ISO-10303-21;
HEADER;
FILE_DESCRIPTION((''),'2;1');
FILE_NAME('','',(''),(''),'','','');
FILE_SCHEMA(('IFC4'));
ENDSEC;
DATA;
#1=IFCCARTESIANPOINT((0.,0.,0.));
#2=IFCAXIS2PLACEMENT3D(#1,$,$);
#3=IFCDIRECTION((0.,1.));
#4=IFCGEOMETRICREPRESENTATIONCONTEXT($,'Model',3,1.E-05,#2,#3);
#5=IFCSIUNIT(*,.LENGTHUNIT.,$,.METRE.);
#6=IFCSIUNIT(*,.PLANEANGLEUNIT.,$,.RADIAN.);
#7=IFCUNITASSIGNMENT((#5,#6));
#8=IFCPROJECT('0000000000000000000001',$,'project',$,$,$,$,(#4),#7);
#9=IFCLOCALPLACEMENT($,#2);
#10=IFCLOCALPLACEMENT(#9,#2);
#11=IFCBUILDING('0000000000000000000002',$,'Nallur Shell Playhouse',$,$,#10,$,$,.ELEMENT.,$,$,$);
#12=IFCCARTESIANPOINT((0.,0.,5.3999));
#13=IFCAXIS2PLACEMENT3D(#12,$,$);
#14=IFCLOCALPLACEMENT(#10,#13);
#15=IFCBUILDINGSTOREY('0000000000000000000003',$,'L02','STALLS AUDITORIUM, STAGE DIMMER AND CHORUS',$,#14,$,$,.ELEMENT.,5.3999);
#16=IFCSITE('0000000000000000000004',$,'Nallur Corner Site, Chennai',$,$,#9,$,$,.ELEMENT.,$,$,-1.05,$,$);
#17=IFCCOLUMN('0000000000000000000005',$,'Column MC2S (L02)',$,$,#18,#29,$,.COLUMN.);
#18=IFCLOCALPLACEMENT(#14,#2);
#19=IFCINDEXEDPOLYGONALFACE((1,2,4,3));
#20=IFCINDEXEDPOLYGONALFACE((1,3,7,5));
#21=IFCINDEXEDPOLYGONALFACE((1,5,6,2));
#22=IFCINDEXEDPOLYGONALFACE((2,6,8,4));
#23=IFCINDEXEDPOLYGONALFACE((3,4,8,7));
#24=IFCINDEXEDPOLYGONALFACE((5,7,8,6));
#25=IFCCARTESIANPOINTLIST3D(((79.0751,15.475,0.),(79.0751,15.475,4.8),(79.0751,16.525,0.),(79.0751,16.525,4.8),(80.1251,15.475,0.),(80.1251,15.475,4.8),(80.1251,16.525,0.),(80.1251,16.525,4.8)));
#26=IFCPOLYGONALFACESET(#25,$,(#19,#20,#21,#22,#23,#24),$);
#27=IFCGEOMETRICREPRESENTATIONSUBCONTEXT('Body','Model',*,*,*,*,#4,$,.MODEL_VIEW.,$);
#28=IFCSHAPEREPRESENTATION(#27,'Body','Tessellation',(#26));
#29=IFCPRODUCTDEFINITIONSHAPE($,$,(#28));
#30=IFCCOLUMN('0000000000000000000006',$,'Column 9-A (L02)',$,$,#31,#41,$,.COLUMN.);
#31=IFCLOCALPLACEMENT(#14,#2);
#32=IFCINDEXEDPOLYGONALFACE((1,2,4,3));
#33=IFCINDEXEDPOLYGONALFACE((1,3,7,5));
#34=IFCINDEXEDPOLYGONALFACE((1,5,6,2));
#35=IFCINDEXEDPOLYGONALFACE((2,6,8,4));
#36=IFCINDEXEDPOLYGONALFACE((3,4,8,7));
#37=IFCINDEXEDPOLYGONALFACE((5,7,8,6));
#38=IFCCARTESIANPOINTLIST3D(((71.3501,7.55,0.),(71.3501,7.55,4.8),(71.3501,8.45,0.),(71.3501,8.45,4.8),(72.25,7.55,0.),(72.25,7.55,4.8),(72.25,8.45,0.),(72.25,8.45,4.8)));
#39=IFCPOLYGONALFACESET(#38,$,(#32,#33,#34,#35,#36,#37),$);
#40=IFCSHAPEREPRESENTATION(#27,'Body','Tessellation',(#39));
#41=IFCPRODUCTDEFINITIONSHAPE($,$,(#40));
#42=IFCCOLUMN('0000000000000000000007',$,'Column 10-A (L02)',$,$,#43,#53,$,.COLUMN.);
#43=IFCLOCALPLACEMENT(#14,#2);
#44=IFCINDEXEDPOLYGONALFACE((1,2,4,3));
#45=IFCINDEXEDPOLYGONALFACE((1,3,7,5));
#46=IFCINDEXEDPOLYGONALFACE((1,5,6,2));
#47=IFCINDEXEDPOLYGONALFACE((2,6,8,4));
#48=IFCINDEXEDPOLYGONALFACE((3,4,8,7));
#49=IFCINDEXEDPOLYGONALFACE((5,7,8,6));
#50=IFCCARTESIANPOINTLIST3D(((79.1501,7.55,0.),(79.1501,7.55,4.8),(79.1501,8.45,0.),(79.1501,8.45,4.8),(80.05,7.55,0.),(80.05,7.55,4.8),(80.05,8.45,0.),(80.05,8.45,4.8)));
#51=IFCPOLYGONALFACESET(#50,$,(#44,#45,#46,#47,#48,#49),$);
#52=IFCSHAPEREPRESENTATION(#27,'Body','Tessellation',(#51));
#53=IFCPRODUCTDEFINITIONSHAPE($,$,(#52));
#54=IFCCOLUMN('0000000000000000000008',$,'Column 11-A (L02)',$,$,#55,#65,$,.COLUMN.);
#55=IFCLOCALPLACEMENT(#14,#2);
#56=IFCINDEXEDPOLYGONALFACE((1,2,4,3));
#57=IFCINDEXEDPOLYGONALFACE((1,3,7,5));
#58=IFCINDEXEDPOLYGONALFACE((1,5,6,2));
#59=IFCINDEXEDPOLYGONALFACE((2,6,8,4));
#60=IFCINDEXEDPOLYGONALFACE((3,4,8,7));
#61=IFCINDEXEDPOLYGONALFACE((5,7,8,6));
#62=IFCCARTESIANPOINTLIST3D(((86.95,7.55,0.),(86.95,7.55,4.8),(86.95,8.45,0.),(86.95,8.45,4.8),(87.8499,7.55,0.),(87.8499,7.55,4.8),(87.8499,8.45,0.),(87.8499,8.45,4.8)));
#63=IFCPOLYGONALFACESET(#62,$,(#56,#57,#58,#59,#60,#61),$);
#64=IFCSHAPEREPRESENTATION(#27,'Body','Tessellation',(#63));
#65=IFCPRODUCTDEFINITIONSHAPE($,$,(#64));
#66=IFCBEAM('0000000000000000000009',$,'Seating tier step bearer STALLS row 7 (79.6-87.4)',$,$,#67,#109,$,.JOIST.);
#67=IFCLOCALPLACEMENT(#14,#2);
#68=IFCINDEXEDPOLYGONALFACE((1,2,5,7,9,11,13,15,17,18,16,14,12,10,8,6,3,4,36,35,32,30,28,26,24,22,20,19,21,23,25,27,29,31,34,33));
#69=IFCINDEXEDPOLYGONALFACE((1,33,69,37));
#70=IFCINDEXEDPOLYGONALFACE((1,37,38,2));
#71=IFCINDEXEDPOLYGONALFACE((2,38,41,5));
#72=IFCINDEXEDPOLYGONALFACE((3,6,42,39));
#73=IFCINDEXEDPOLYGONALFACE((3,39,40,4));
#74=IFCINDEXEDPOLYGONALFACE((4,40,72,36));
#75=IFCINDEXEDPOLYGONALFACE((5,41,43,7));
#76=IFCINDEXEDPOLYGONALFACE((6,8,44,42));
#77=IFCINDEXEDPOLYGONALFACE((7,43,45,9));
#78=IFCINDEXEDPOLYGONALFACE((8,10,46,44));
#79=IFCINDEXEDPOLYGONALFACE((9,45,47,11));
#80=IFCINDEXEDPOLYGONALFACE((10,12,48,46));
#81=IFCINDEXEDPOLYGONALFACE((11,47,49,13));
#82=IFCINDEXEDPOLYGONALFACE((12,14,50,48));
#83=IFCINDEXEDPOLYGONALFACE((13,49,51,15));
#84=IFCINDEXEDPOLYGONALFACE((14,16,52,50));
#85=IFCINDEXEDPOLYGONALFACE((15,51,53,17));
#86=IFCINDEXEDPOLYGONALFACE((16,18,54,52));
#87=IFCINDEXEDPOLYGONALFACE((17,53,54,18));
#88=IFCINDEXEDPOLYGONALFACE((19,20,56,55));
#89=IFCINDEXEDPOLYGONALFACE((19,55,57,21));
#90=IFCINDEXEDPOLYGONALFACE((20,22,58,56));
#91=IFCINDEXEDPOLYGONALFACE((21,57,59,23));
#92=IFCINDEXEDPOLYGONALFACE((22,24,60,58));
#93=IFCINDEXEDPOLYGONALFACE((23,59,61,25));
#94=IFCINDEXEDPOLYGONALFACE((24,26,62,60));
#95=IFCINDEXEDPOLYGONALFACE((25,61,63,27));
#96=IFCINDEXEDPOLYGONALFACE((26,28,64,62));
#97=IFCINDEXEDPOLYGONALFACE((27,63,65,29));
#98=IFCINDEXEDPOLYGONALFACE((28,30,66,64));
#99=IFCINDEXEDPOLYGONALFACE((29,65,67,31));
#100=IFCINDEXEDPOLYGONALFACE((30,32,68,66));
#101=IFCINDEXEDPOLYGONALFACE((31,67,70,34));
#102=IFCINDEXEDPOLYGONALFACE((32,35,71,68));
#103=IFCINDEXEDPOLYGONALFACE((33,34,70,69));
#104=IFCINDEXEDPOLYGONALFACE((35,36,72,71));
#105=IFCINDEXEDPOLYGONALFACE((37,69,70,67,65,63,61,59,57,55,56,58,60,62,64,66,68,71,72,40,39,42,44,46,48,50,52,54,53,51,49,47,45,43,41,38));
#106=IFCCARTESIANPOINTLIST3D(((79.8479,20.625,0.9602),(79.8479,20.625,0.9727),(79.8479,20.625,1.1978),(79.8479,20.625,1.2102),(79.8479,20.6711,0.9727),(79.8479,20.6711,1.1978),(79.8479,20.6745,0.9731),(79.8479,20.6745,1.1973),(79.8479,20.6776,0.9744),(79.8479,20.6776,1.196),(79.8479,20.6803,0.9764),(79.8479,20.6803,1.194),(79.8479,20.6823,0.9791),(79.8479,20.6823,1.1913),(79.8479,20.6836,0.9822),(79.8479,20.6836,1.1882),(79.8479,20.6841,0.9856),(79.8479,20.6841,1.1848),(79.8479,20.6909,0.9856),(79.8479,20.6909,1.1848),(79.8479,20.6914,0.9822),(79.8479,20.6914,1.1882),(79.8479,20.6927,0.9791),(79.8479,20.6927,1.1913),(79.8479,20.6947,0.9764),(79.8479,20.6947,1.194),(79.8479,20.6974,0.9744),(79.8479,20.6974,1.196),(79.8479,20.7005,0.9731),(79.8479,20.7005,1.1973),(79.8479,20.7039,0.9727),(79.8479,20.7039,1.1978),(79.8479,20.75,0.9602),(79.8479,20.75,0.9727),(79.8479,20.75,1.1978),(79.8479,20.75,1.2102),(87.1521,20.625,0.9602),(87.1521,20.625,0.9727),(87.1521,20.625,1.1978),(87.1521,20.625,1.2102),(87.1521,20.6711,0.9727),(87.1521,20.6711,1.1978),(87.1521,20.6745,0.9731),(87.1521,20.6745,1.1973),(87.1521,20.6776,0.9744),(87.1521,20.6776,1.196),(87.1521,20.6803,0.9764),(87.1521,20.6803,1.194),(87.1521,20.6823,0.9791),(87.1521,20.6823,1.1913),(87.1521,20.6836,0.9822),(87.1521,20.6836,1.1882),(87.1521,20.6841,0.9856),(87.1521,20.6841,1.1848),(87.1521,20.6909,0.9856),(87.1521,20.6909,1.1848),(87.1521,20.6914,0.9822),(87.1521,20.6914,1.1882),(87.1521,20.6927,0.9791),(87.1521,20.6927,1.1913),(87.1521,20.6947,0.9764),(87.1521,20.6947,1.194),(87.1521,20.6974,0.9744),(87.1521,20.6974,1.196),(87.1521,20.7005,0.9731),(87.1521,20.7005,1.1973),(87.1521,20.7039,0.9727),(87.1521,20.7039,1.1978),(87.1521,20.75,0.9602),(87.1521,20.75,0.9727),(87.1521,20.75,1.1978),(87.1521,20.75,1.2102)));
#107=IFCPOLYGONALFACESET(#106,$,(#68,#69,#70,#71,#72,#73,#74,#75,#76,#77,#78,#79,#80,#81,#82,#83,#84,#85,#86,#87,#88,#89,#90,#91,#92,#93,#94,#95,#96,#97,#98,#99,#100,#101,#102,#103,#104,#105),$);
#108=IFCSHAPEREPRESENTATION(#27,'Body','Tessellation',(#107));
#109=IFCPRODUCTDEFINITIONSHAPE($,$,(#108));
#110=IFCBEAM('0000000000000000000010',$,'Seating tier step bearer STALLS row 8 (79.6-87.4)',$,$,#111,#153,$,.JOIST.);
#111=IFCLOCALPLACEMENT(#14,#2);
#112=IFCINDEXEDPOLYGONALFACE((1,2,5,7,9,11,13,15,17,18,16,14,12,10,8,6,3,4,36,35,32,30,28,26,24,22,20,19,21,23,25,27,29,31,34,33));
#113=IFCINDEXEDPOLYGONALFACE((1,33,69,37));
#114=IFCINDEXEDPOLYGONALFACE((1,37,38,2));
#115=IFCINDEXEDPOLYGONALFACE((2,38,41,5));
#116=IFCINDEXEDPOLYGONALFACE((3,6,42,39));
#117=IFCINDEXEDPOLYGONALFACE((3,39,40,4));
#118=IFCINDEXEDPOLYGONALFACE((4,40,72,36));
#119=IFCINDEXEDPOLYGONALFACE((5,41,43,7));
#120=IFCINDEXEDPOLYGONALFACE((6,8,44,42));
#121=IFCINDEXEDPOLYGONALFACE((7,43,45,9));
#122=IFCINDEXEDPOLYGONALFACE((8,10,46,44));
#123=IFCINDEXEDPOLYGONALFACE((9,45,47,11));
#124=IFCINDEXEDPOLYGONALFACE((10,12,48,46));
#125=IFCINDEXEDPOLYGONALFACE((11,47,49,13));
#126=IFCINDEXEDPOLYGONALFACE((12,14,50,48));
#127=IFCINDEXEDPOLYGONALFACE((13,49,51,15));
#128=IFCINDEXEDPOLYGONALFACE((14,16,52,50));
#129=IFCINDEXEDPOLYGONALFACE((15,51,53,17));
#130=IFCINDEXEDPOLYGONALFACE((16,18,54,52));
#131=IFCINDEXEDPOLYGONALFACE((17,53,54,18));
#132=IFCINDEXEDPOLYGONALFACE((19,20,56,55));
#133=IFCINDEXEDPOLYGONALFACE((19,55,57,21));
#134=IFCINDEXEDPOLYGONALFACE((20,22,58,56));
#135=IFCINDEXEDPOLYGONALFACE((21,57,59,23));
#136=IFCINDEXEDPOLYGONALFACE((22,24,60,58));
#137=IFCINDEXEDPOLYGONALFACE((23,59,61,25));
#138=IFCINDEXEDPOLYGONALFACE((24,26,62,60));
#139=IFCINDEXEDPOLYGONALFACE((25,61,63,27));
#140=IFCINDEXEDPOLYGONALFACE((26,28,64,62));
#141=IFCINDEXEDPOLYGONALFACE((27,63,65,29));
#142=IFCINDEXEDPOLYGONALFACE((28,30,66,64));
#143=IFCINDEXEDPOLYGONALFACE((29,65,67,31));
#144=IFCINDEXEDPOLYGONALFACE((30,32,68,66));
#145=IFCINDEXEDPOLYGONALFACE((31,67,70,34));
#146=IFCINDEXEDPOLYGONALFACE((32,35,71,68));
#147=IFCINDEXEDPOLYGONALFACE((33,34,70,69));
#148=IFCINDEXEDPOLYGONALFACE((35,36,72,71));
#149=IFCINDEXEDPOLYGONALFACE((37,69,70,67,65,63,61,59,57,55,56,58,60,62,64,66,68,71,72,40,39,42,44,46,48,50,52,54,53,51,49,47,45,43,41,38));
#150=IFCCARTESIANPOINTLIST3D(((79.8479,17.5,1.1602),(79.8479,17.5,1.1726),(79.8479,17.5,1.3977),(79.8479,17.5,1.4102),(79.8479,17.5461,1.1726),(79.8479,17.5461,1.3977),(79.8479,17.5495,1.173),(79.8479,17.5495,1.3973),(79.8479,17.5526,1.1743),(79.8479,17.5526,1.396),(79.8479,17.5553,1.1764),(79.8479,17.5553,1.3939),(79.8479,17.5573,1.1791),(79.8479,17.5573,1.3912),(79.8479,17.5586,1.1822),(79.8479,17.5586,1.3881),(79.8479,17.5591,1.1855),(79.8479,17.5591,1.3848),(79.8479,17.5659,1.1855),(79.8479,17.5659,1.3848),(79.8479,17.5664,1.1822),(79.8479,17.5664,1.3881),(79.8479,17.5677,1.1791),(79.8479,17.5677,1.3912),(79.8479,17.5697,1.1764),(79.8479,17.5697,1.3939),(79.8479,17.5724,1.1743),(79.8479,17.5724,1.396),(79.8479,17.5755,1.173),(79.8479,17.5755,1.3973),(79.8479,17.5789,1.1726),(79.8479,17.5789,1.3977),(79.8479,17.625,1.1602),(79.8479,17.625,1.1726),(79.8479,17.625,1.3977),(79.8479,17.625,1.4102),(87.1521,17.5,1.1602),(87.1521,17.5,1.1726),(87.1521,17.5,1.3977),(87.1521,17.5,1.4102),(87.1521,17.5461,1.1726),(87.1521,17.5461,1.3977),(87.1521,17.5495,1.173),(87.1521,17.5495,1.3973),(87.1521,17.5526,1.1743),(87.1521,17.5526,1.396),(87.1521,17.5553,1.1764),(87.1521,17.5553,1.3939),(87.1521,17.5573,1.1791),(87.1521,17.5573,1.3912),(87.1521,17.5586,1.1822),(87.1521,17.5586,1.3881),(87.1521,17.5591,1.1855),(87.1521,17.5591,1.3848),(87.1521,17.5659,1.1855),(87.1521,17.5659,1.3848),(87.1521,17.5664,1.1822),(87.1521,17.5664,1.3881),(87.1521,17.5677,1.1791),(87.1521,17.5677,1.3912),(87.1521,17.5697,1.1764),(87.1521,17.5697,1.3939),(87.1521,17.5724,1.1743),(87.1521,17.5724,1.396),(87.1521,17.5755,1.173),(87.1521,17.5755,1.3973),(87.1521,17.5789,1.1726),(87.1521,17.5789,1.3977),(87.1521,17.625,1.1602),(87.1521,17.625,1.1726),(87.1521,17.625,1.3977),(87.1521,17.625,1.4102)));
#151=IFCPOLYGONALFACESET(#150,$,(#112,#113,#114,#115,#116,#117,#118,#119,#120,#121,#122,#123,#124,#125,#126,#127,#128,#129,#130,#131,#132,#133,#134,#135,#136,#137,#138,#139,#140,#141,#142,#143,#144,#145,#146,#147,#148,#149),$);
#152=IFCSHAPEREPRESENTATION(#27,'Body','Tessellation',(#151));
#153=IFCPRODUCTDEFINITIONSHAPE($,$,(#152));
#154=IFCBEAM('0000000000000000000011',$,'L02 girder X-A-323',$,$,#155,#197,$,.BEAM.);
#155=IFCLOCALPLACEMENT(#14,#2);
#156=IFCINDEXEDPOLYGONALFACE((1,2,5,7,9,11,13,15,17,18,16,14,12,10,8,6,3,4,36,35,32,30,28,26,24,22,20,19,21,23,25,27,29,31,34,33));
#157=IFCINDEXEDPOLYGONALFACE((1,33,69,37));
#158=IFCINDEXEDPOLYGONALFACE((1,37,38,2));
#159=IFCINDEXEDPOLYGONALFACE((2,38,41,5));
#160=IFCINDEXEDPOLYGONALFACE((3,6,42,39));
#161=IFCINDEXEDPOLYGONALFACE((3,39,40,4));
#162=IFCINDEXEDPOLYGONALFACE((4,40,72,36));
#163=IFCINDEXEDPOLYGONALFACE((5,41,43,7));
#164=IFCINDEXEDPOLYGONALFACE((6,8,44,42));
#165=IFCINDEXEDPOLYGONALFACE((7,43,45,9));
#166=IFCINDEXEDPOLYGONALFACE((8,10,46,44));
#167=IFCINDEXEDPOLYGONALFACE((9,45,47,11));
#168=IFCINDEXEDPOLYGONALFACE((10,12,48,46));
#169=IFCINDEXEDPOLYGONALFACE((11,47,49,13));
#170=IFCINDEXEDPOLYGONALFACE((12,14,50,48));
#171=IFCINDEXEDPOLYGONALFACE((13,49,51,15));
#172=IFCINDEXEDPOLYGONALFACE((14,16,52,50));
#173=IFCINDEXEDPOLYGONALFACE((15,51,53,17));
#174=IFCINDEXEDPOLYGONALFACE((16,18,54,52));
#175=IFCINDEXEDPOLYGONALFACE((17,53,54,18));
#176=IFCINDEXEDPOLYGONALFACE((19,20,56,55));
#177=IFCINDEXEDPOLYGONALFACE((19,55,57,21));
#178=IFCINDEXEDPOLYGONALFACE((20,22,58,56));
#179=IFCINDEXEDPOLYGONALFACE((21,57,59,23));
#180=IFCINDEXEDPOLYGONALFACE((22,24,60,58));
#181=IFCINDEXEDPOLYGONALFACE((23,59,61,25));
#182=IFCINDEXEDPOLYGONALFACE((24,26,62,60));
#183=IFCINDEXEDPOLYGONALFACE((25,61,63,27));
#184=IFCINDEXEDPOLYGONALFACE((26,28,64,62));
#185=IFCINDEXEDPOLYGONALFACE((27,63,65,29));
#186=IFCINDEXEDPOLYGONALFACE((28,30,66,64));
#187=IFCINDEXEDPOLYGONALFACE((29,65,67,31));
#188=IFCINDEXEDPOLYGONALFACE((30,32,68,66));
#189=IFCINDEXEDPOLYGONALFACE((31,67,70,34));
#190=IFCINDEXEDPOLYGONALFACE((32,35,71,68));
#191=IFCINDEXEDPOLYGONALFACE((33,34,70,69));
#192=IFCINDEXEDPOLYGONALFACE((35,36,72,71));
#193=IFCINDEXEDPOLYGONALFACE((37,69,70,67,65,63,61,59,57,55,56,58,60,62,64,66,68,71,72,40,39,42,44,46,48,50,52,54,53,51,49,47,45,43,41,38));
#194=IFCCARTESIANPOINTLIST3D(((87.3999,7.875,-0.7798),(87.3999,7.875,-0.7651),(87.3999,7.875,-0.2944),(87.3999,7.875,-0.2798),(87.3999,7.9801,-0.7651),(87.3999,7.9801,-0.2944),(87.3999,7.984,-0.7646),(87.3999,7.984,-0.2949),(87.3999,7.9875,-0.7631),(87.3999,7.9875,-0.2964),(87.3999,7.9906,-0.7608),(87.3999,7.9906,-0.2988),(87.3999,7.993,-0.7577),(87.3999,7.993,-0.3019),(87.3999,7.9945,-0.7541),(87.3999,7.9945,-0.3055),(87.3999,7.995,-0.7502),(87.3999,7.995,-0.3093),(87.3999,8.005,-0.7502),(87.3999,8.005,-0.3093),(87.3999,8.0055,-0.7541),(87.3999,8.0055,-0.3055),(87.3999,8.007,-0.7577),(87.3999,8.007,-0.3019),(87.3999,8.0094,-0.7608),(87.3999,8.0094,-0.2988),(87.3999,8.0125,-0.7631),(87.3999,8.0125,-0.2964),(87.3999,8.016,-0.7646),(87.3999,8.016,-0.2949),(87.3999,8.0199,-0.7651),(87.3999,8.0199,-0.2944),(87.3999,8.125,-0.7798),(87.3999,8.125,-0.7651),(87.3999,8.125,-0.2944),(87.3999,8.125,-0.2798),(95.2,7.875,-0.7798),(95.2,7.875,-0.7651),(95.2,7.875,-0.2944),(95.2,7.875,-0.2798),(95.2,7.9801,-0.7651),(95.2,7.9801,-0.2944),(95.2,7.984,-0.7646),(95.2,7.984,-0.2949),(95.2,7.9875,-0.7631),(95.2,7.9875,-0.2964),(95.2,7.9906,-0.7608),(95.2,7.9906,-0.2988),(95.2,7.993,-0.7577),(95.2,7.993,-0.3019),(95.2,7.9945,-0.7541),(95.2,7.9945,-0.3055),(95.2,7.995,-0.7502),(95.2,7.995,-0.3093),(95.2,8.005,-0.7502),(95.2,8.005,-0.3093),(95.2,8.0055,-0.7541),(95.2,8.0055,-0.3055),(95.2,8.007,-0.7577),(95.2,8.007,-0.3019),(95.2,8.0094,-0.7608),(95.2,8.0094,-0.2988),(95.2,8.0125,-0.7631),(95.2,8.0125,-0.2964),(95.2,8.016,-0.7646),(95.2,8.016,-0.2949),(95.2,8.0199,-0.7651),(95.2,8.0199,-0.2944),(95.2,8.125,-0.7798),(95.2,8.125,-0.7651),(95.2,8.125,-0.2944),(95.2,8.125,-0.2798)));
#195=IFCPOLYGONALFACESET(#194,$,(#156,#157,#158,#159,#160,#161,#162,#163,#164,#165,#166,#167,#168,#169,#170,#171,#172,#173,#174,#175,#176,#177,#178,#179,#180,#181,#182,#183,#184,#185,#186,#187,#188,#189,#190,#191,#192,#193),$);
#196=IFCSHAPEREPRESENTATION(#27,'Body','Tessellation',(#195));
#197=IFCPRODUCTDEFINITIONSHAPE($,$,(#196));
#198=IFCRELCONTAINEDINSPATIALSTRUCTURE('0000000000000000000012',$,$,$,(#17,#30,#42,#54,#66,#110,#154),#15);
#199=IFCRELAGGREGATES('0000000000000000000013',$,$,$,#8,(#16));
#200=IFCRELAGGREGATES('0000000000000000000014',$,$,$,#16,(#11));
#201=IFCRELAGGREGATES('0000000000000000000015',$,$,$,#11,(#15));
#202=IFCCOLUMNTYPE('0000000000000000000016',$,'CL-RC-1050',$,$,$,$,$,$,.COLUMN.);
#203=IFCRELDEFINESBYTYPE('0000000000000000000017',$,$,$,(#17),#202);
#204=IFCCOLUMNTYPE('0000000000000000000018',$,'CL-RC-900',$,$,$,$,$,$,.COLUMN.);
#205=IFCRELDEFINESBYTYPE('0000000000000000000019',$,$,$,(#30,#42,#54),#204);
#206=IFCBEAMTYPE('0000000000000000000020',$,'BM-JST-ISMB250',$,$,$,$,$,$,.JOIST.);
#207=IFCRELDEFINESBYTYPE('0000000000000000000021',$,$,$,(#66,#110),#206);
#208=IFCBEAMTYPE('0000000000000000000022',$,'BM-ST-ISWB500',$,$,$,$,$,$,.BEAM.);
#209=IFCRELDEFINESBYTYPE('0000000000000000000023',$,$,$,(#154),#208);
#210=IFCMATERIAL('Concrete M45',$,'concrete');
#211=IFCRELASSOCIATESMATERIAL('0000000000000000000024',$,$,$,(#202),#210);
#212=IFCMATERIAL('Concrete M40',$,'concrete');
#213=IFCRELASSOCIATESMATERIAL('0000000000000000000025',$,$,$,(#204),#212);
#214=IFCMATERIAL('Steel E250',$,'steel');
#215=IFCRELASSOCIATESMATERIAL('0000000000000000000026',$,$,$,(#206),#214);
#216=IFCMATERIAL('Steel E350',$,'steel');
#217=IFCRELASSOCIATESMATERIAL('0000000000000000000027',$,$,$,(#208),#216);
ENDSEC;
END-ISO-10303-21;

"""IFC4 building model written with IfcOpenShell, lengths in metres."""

from ifc_helpers import new_model, si_unit, direction, frame, origin, origin_2d, place, context, subcontext, project, spatial, rectangle, i_section, extrude, material, material_profile, profile_set, type_object, element, save


model = new_model("IFC4")

# Units and contexts
model_context = context("Model", 3, precision=1e-05, world=origin(), true_north=direction((0.0, 1.0)))
body_context = subcontext(model_context, "Body", "Model", "MODEL_VIEW")
ifc_project = project(units=[si_unit("LENGTHUNIT", "METRE"), si_unit("PLANEANGLEUNIT", "RADIAN")], contexts=[model_context])

# Site, building, storey
site_placement = place(None, origin())
site = spatial("IfcSite", under=ifc_project, at=site_placement, Name="Nallur Corner Site, Chennai", CompositionType="ELEMENT", RefElevation=-1.05)
building_placement = place(site_placement, origin())
building = spatial("IfcBuilding", under=site, at=building_placement, Name="Nallur Shell Playhouse", CompositionType="ELEMENT")
storey_placement = place(building_placement, frame((0.0, 0.0, 5.3999)))
storey = spatial("IfcBuildingStorey", under=building, at=storey_placement, Name="L02", Description="STALLS AUDITORIUM, STAGE DIMMER AND CHORUS", CompositionType="ELEMENT", Elevation=5.3999)

# Columns
ifc_material_1 = material(Name="Concrete M45", Category="concrete")
ifc_material_profile_1 = material_profile(ifc_material_1, rectangle(XDim=1.05, YDim=1.05, at=origin_2d()), Name="RC 1050x1050")
ifc_profile_set_1 = profile_set([ifc_material_profile_1], Name="Concrete M45")
column_type_1 = type_object("IfcColumnType", Name="CL-RC-1050", PredefinedType="COLUMN", material=ifc_profile_set_1)
column_placement = place(storey_placement, frame((79.6001, 16.0, 0.0), z_axis=(0.0, 0.0, 1.0), x_axis=(1.0, 0.0, 0.0)))
element("IfcColumn", 1, at=column_placement, inside=storey, type_object=column_type_1, Name="Column MC2S (L02)", PredefinedType="COLUMN", context=body_context, shape_type="SweptSolid", body=[
    extrude(rectangle(XDim=1.05, YDim=1.05, at=origin_2d()), origin(), (0.0, 0.0, 1.0), 4.8),
])
ifc_material_2 = material(Name="Concrete M40", Category="concrete")
ifc_material_profile_2 = material_profile(ifc_material_2, rectangle(XDim=0.8999, YDim=0.8999, at=origin_2d()), Name="RC 900x900")
ifc_profile_set_2 = profile_set([ifc_material_profile_2], Name="Concrete M40")
column_type_2 = type_object("IfcColumnType", Name="CL-RC-900", PredefinedType="COLUMN", material=ifc_profile_set_2)
for number, where, z_axis, x_axis, name in (
    (2, (71.8, 8.0, 0.0), (0.0, 0.0, 1.0), (1.0, 0.0, 0.0), "Column 9-A (L02)"),
    (3, (79.6001, 8.0, 0.0), (0.0, 0.0, 1.0), (1.0, 0.0, 0.0), "Column 10-A (L02)"),
    (4, (87.3999, 8.0, 0.0), (0.0, 0.0, 1.0), (1.0, 0.0, 0.0), "Column 11-A (L02)"),
):
    element("IfcColumn", number, at=place(storey_placement, frame(where, z_axis=z_axis, x_axis=x_axis)), inside=storey, type_object=column_type_2, Name=name, PredefinedType="COLUMN", context=body_context, shape_type="SweptSolid", body=[
        extrude(rectangle(XDim=0.8999, YDim=0.8999, at=origin_2d()), origin(), (0.0, 0.0, 1.0), 4.8),
    ])

# Beams
ifc_material_3 = material(Name="Steel E250", Category="steel")
ifc_material_profile_3 = material_profile(ifc_material_3, i_section(OverallWidth=0.125, OverallDepth=0.25, WebThickness=0.0068, FlangeThickness=0.0125, FilletRadius=0.0129, at=origin_2d()), Name="ISMB 250")
ifc_profile_set_3 = profile_set([ifc_material_profile_3], Name="Steel E250")
beam_type_1 = type_object("IfcBeamType", Name="BM-JST-ISMB250", PredefinedType="JOIST", material=ifc_profile_set_3)
for number, where, z_axis, x_axis, name in (
    (5, (79.8479, 20.6875, 1.0852), (1.0, 0.0, 0.0), (0.0, 1.0, 0.0), "Seating tier step bearer STALLS row 7 (79.6-87.4)"),
    (6, (79.8479, 17.5625, 1.2852), (1.0, 0.0, 0.0), (0.0, 1.0, 0.0), "Seating tier step bearer STALLS row 8 (79.6-87.4)"),
):
    element("IfcBeam", number, at=place(storey_placement, frame(where, z_axis=z_axis, x_axis=x_axis)), inside=storey, type_object=beam_type_1, Name=name, PredefinedType="JOIST", context=body_context, shape_type="SweptSolid", body=[
        extrude(i_section(OverallWidth=0.125, OverallDepth=0.25, WebThickness=0.0068, FlangeThickness=0.0125, FilletRadius=0.0129, at=origin_2d()), origin(), (0.0, 0.0, 1.0), 7.3042),
    ])
ifc_material_4 = material(Name="Steel E350", Category="steel")
ifc_material_profile_4 = material_profile(ifc_material_4, i_section(OverallWidth=0.25, OverallDepth=0.5, WebThickness=0.01, FlangeThickness=0.0146, FilletRadius=0.0149, at=origin_2d()), Name="ISWB 500")
ifc_profile_set_4 = profile_set([ifc_material_profile_4], Name="Steel E350")
beam_type_2 = type_object("IfcBeamType", Name="BM-ST-ISWB500", PredefinedType="BEAM", material=ifc_profile_set_4)
beam_1_placement = place(storey_placement, frame((87.3999, 8.0, -0.5298), z_axis=(1.0, 0.0, 0.0), x_axis=(0.0, 1.0, 0.0)))
element("IfcBeam", 7, at=beam_1_placement, inside=storey, type_object=beam_type_2, Name="L02 girder X-A-323", PredefinedType="BEAM", context=body_context, shape_type="SweptSolid", body=[
    extrude(i_section(OverallWidth=0.25, OverallDepth=0.5, WebThickness=0.01, FlangeThickness=0.0146, FilletRadius=0.0149, at=origin_2d()), origin(), (0.0, 0.0, 1.0), 7.8),
])

save(model, "model.ifc")
